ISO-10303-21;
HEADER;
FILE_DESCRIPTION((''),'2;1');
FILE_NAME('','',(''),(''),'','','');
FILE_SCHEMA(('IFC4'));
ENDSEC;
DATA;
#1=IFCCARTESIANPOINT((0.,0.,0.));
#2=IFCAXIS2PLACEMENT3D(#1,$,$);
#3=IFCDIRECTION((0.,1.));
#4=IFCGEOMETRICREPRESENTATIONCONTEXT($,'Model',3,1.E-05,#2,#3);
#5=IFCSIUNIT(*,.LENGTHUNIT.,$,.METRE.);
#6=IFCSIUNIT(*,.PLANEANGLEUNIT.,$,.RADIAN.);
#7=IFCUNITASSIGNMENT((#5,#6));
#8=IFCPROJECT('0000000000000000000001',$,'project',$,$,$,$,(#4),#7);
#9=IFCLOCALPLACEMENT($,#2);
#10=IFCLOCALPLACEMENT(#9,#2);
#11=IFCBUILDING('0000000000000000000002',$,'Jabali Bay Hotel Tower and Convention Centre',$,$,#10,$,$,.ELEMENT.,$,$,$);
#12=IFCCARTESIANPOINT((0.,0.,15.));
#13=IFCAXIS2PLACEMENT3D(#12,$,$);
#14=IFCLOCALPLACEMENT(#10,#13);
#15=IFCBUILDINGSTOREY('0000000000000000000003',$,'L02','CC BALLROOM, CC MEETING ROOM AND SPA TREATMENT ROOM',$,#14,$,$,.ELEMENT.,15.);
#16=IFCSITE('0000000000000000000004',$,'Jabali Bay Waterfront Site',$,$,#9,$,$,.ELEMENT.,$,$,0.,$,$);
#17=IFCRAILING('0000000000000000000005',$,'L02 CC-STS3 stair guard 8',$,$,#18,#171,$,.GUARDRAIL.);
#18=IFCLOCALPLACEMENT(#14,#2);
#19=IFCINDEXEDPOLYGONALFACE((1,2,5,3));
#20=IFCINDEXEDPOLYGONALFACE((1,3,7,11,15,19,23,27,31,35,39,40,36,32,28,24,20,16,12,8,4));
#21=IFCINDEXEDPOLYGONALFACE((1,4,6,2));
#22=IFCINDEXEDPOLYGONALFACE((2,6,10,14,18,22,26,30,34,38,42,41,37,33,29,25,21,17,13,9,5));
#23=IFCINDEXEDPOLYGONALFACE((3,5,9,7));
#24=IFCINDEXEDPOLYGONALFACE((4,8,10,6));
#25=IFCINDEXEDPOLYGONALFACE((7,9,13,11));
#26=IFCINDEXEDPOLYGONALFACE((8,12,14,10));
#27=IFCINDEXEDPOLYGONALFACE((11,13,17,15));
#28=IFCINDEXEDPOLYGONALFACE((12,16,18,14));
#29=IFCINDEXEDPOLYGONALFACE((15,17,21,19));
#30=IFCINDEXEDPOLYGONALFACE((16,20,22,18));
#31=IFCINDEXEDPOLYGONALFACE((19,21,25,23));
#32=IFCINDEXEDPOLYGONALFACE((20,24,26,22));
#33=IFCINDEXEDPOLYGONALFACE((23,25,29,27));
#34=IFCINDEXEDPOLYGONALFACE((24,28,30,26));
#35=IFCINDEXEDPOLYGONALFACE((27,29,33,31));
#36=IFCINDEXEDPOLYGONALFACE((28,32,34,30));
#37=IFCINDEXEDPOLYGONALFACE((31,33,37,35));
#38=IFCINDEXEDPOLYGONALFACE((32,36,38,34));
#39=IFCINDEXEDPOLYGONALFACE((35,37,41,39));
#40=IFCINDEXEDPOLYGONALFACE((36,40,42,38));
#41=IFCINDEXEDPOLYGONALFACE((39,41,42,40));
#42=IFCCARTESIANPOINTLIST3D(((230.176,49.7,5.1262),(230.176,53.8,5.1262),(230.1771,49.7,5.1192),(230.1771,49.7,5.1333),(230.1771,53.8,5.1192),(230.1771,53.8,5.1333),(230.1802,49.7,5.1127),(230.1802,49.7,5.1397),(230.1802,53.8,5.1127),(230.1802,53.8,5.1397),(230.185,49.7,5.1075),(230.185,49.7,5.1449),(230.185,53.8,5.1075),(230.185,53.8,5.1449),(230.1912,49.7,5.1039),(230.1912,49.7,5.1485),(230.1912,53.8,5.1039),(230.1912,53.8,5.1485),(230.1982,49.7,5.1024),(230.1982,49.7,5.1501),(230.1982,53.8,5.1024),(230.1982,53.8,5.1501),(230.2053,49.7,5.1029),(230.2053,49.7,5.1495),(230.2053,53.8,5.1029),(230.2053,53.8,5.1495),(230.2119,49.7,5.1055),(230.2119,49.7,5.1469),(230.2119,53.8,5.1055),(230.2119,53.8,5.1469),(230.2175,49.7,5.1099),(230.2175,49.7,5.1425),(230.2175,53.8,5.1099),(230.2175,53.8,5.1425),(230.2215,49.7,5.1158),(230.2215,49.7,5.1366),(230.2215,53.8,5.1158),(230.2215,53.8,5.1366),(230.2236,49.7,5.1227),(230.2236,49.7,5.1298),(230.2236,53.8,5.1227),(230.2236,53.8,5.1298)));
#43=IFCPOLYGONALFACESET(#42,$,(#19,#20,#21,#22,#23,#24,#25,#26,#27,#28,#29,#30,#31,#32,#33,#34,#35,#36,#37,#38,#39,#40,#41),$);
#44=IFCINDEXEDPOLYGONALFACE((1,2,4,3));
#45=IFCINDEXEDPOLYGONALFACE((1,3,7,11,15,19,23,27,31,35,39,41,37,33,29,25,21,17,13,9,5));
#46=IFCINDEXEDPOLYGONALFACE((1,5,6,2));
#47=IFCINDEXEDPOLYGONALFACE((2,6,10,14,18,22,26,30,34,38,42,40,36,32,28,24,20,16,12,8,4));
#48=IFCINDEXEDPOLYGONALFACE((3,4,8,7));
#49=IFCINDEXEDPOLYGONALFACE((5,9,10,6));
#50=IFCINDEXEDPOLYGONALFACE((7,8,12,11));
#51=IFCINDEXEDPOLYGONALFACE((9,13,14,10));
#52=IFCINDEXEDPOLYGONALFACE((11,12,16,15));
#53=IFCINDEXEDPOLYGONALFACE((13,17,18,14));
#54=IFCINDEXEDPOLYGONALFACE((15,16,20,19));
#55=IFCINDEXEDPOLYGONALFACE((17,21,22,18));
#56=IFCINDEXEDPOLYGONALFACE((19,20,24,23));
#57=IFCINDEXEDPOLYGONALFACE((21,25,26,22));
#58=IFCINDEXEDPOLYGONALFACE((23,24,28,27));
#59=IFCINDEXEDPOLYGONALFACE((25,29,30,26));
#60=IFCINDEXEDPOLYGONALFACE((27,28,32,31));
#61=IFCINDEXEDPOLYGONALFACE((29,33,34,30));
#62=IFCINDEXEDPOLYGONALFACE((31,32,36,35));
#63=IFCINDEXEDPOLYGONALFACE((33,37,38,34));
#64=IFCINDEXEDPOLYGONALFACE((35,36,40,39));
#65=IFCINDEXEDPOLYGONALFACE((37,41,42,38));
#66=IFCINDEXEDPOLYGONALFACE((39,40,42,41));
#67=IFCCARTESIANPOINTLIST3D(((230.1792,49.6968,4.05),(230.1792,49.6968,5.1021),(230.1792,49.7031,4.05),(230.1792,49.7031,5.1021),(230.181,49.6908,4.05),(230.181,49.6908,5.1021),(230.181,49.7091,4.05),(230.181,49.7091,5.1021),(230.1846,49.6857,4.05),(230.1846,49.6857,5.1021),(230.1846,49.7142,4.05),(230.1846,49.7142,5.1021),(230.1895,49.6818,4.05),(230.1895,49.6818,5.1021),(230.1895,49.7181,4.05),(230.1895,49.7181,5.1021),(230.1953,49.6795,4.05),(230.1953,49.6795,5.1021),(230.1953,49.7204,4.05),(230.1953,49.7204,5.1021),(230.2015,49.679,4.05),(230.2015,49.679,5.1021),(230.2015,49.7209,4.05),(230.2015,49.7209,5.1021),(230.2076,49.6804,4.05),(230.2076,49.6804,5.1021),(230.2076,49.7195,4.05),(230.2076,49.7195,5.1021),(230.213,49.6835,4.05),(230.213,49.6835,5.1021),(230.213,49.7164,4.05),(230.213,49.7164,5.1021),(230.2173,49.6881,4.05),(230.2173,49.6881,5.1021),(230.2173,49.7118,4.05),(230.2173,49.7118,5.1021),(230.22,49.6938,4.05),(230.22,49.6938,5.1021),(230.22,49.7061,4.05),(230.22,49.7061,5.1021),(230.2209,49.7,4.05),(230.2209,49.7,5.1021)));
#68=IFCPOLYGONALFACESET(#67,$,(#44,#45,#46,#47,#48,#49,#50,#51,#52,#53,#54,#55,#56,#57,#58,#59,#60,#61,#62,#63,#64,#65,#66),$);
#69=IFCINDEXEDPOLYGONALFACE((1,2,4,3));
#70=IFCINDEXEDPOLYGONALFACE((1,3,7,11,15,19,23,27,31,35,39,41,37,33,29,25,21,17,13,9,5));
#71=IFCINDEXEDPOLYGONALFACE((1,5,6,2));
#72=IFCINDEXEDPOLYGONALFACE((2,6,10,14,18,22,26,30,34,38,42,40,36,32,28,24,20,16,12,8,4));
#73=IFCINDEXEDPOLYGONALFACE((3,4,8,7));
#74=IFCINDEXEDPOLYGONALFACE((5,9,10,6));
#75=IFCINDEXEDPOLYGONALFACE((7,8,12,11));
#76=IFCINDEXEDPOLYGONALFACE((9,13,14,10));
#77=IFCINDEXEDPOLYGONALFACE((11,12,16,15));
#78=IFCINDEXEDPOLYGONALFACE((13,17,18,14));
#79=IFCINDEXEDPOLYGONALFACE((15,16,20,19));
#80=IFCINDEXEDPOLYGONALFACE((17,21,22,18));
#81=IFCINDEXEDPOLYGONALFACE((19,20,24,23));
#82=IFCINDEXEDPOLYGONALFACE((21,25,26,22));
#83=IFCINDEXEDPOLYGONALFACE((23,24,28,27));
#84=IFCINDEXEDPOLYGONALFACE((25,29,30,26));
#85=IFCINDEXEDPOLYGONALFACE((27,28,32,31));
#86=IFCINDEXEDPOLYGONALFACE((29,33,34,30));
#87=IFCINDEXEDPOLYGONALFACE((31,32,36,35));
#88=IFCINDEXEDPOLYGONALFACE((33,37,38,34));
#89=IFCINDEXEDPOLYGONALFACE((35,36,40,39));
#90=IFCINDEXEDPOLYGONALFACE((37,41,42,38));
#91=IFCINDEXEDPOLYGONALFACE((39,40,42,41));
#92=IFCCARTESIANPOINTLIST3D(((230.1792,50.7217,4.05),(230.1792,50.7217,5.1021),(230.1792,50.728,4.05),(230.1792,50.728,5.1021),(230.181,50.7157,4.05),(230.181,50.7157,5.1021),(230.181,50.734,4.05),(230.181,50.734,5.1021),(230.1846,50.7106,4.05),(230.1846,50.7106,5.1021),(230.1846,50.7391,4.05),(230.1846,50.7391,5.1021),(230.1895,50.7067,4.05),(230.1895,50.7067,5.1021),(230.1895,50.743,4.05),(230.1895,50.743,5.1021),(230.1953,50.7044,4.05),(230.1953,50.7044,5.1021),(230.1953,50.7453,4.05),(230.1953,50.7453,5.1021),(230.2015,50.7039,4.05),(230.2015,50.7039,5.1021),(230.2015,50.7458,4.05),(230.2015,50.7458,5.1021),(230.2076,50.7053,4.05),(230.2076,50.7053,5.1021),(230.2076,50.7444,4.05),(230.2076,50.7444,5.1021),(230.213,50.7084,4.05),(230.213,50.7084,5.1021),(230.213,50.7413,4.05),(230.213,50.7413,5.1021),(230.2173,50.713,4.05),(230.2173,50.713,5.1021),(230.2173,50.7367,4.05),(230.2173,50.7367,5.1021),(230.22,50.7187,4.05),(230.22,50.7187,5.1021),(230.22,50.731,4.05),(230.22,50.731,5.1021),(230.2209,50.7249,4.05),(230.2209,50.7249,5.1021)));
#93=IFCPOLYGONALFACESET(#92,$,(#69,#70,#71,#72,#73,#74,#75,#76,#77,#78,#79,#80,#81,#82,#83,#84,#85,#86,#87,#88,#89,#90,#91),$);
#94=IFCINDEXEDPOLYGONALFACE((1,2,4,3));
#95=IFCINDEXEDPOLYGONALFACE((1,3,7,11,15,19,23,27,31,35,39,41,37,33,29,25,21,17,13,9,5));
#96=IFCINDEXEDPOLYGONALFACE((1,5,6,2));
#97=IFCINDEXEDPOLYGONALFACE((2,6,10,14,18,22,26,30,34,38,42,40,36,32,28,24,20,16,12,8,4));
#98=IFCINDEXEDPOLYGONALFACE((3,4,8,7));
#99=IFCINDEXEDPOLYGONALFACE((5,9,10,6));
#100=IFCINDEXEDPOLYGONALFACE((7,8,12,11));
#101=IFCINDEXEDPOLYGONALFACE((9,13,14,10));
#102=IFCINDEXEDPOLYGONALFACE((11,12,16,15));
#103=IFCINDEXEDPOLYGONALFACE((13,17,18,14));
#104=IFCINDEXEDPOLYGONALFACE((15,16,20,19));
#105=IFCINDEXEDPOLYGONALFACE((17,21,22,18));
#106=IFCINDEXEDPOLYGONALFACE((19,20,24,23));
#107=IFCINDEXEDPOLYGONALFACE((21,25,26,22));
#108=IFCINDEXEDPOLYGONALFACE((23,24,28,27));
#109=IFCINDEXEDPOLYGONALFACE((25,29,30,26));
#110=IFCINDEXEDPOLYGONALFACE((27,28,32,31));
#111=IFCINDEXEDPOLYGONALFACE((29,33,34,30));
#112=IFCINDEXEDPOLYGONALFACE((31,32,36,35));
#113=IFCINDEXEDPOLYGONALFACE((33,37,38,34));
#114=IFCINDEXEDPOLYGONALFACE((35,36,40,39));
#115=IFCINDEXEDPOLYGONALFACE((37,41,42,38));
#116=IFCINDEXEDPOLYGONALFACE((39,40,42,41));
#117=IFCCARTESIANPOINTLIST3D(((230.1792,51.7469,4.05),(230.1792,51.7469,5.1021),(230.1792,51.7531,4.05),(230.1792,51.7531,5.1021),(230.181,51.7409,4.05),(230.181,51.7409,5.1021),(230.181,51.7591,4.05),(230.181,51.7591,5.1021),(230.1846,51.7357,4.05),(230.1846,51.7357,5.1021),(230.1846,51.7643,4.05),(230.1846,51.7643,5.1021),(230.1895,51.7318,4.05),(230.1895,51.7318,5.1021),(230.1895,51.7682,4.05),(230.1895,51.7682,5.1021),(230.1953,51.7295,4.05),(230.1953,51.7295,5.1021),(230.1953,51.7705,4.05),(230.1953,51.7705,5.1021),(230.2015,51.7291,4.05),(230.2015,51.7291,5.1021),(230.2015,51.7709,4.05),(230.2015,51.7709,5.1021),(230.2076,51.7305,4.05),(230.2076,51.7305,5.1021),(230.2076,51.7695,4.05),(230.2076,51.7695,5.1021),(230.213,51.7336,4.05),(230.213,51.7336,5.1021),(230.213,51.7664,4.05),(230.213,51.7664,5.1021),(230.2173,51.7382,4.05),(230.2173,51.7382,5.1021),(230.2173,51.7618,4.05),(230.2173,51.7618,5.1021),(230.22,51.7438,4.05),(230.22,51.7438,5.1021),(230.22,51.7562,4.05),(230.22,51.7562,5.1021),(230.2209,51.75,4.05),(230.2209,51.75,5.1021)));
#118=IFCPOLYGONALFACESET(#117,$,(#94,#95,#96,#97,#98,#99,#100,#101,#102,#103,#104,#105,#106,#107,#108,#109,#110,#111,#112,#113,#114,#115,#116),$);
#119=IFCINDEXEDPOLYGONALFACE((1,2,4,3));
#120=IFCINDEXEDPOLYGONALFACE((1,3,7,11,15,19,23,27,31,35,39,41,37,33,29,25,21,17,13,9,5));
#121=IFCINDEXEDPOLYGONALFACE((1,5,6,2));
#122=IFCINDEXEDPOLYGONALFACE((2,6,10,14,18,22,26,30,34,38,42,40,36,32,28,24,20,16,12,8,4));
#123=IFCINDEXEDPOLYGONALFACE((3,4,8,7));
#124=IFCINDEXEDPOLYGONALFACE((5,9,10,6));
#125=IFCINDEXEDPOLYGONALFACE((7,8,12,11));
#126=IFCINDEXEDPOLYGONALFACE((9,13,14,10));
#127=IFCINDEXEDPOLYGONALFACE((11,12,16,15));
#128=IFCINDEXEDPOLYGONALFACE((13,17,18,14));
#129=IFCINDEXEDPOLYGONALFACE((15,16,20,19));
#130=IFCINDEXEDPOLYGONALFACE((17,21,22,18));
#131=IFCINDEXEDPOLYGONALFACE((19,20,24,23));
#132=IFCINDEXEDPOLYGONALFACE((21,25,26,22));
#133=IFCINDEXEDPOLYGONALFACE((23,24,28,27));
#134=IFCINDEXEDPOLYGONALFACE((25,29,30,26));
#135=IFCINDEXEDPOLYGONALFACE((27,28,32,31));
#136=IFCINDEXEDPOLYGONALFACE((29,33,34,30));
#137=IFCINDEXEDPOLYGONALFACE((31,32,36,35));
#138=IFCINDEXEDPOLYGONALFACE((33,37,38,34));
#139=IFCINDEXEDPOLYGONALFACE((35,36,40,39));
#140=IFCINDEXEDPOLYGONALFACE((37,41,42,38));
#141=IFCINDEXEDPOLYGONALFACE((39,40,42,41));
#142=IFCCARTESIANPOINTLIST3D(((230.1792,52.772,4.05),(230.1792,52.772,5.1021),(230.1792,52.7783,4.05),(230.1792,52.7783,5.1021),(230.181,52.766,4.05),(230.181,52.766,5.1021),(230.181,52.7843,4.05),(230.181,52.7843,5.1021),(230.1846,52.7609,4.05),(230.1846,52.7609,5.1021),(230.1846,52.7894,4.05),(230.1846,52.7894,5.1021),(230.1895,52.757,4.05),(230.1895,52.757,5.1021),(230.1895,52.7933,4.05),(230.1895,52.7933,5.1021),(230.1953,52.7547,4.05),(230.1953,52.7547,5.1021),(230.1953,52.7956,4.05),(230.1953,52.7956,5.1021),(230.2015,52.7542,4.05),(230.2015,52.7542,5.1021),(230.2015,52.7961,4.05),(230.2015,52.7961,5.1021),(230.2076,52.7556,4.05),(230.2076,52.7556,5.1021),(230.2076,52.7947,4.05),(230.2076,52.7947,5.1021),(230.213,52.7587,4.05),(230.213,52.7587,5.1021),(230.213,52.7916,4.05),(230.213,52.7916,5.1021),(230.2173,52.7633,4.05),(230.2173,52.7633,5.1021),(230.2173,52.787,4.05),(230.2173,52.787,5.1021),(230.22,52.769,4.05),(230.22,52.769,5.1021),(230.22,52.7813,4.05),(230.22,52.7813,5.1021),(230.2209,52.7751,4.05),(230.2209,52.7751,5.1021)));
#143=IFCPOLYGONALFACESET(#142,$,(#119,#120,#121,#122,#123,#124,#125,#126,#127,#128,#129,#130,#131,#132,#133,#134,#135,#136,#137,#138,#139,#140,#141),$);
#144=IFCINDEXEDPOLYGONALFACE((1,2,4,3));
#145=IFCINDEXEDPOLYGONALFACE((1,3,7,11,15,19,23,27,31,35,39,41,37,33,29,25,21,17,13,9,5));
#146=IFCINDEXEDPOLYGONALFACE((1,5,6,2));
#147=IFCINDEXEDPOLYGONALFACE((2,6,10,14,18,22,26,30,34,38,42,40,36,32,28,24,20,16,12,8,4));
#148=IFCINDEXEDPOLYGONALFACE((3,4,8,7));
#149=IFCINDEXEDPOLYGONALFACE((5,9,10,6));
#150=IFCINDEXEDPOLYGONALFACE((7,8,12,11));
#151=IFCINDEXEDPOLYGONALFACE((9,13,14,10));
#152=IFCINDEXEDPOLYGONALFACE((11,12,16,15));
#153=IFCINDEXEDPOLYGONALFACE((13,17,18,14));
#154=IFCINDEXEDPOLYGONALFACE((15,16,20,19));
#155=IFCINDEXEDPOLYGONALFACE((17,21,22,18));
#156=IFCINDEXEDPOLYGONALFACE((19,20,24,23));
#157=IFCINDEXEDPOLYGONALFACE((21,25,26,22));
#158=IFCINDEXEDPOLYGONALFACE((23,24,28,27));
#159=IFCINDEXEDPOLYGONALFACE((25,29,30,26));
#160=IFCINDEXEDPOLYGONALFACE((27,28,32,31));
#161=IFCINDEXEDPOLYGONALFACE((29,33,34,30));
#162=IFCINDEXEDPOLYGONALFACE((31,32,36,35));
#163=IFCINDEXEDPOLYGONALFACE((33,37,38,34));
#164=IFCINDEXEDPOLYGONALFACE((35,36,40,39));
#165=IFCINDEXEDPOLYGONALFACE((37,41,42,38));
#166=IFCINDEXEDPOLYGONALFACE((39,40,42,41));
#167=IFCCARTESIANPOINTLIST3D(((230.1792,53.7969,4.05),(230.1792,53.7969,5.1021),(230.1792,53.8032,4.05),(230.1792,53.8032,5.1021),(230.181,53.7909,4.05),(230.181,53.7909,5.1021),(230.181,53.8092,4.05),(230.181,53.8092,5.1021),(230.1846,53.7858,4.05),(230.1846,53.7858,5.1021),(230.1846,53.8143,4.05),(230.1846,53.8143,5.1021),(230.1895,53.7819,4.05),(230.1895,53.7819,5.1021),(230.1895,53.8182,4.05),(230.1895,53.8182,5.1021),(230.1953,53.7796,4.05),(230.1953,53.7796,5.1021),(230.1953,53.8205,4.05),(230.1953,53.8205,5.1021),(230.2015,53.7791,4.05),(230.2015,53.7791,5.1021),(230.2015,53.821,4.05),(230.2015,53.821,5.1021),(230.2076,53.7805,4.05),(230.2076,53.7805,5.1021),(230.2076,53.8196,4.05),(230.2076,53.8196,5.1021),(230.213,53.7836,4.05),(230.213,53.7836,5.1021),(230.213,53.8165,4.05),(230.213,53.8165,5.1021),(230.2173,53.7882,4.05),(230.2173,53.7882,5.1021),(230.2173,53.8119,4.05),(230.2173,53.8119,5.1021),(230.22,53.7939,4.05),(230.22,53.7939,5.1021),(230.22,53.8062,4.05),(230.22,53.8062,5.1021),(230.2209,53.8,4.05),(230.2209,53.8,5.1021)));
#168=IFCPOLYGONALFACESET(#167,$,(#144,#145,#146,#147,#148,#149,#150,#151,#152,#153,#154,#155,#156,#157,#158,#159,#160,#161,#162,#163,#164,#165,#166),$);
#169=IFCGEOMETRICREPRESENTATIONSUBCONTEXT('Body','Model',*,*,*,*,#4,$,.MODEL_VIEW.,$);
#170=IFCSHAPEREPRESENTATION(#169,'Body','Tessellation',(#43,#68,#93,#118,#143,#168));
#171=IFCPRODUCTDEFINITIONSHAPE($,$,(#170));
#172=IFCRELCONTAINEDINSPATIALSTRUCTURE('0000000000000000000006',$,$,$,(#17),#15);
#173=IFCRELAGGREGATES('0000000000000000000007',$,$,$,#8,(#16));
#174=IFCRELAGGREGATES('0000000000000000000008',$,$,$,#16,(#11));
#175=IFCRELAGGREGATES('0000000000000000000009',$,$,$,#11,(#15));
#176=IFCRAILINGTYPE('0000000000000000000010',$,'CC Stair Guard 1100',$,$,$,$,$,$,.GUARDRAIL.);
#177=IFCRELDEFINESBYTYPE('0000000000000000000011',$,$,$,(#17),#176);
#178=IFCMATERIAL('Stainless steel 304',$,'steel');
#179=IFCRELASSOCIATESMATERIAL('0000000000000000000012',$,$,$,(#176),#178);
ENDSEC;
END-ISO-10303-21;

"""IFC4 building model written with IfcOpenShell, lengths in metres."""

from ifc_helpers import new_model, si_unit, direction, frame, origin, origin_2d, place, context, subcontext, project, spatial, circle, extrude, material, type_object, element, save


model = new_model("IFC4")

# Units and contexts
model_context = context("Model", 3, precision=1e-05, world=origin(), true_north=direction((0.0, 1.0)))
body_context = subcontext(model_context, "Body", "Model", "MODEL_VIEW")
ifc_project = project(units=[si_unit("LENGTHUNIT", "METRE"), si_unit("PLANEANGLEUNIT", "RADIAN")], contexts=[model_context])

# Site, building, storey
site_placement = place(None, origin())
site = spatial("IfcSite", under=ifc_project, at=site_placement, Name="Jabali Bay Waterfront Site", CompositionType="ELEMENT", RefElevation=0.0)
building_placement = place(site_placement, origin())
building = spatial("IfcBuilding", under=site, at=building_placement, Name="Jabali Bay Hotel Tower and Convention Centre", CompositionType="ELEMENT")
storey_placement = place(building_placement, frame((0.0, 0.0, 15.0)))
storey = spatial("IfcBuildingStorey", under=building, at=storey_placement, Name="L02", Description="CC BALLROOM, CC MEETING ROOM AND SPA TREATMENT ROOM", CompositionType="ELEMENT", Elevation=15.0)

# Railing
ifc_material_1 = material(Name="Stainless steel 304", Category="steel")
railing_type_1 = type_object("IfcRailingType", Name="CC Stair Guard 1100", PredefinedType="GUARDRAIL", material=ifc_material_1)
for number, where, name in (
    (1, (230.2, 49.7, 4.05), "L02 CC-STS3 stair guard 8"),
):
    element("IfcRailing", number, at=place(storey_placement, frame(where)), inside=storey, type_object=railing_type_1, Name=name, PredefinedType="GUARDRAIL", context=body_context, shape_type="SweptSolid", body=[
        extrude(circle(Radius=0.0239, at=origin_2d()), frame((0.0, 0.0, 1.0762), z_axis=(0.0, 1.0, 0.0), x_axis=(-1.0, 0.0, 0.0)), (0.0, 0.0, 1.0), 4.1001),
        extrude(circle(Radius=0.021, at=origin_2d()), origin(), (0.0, 0.0, 1.0), 1.052),
        extrude(circle(Radius=0.021, at=origin_2d()), frame((0.0, 1.0249, 0.0)), (0.0, 0.0, 1.0), 1.052),
        extrude(circle(Radius=0.021, at=origin_2d()), frame((0.0, 2.05, 0.0)), (0.0, 0.0, 1.0), 1.052),
        extrude(circle(Radius=0.021, at=origin_2d()), frame((0.0, 3.0752, 0.0)), (0.0, 0.0, 1.0), 1.052),
        extrude(circle(Radius=0.021, at=origin_2d()), frame((0.0, 4.1001, 0.0)), (0.0, 0.0, 1.0), 1.052),
    ])

save(model, "model.ifc")
